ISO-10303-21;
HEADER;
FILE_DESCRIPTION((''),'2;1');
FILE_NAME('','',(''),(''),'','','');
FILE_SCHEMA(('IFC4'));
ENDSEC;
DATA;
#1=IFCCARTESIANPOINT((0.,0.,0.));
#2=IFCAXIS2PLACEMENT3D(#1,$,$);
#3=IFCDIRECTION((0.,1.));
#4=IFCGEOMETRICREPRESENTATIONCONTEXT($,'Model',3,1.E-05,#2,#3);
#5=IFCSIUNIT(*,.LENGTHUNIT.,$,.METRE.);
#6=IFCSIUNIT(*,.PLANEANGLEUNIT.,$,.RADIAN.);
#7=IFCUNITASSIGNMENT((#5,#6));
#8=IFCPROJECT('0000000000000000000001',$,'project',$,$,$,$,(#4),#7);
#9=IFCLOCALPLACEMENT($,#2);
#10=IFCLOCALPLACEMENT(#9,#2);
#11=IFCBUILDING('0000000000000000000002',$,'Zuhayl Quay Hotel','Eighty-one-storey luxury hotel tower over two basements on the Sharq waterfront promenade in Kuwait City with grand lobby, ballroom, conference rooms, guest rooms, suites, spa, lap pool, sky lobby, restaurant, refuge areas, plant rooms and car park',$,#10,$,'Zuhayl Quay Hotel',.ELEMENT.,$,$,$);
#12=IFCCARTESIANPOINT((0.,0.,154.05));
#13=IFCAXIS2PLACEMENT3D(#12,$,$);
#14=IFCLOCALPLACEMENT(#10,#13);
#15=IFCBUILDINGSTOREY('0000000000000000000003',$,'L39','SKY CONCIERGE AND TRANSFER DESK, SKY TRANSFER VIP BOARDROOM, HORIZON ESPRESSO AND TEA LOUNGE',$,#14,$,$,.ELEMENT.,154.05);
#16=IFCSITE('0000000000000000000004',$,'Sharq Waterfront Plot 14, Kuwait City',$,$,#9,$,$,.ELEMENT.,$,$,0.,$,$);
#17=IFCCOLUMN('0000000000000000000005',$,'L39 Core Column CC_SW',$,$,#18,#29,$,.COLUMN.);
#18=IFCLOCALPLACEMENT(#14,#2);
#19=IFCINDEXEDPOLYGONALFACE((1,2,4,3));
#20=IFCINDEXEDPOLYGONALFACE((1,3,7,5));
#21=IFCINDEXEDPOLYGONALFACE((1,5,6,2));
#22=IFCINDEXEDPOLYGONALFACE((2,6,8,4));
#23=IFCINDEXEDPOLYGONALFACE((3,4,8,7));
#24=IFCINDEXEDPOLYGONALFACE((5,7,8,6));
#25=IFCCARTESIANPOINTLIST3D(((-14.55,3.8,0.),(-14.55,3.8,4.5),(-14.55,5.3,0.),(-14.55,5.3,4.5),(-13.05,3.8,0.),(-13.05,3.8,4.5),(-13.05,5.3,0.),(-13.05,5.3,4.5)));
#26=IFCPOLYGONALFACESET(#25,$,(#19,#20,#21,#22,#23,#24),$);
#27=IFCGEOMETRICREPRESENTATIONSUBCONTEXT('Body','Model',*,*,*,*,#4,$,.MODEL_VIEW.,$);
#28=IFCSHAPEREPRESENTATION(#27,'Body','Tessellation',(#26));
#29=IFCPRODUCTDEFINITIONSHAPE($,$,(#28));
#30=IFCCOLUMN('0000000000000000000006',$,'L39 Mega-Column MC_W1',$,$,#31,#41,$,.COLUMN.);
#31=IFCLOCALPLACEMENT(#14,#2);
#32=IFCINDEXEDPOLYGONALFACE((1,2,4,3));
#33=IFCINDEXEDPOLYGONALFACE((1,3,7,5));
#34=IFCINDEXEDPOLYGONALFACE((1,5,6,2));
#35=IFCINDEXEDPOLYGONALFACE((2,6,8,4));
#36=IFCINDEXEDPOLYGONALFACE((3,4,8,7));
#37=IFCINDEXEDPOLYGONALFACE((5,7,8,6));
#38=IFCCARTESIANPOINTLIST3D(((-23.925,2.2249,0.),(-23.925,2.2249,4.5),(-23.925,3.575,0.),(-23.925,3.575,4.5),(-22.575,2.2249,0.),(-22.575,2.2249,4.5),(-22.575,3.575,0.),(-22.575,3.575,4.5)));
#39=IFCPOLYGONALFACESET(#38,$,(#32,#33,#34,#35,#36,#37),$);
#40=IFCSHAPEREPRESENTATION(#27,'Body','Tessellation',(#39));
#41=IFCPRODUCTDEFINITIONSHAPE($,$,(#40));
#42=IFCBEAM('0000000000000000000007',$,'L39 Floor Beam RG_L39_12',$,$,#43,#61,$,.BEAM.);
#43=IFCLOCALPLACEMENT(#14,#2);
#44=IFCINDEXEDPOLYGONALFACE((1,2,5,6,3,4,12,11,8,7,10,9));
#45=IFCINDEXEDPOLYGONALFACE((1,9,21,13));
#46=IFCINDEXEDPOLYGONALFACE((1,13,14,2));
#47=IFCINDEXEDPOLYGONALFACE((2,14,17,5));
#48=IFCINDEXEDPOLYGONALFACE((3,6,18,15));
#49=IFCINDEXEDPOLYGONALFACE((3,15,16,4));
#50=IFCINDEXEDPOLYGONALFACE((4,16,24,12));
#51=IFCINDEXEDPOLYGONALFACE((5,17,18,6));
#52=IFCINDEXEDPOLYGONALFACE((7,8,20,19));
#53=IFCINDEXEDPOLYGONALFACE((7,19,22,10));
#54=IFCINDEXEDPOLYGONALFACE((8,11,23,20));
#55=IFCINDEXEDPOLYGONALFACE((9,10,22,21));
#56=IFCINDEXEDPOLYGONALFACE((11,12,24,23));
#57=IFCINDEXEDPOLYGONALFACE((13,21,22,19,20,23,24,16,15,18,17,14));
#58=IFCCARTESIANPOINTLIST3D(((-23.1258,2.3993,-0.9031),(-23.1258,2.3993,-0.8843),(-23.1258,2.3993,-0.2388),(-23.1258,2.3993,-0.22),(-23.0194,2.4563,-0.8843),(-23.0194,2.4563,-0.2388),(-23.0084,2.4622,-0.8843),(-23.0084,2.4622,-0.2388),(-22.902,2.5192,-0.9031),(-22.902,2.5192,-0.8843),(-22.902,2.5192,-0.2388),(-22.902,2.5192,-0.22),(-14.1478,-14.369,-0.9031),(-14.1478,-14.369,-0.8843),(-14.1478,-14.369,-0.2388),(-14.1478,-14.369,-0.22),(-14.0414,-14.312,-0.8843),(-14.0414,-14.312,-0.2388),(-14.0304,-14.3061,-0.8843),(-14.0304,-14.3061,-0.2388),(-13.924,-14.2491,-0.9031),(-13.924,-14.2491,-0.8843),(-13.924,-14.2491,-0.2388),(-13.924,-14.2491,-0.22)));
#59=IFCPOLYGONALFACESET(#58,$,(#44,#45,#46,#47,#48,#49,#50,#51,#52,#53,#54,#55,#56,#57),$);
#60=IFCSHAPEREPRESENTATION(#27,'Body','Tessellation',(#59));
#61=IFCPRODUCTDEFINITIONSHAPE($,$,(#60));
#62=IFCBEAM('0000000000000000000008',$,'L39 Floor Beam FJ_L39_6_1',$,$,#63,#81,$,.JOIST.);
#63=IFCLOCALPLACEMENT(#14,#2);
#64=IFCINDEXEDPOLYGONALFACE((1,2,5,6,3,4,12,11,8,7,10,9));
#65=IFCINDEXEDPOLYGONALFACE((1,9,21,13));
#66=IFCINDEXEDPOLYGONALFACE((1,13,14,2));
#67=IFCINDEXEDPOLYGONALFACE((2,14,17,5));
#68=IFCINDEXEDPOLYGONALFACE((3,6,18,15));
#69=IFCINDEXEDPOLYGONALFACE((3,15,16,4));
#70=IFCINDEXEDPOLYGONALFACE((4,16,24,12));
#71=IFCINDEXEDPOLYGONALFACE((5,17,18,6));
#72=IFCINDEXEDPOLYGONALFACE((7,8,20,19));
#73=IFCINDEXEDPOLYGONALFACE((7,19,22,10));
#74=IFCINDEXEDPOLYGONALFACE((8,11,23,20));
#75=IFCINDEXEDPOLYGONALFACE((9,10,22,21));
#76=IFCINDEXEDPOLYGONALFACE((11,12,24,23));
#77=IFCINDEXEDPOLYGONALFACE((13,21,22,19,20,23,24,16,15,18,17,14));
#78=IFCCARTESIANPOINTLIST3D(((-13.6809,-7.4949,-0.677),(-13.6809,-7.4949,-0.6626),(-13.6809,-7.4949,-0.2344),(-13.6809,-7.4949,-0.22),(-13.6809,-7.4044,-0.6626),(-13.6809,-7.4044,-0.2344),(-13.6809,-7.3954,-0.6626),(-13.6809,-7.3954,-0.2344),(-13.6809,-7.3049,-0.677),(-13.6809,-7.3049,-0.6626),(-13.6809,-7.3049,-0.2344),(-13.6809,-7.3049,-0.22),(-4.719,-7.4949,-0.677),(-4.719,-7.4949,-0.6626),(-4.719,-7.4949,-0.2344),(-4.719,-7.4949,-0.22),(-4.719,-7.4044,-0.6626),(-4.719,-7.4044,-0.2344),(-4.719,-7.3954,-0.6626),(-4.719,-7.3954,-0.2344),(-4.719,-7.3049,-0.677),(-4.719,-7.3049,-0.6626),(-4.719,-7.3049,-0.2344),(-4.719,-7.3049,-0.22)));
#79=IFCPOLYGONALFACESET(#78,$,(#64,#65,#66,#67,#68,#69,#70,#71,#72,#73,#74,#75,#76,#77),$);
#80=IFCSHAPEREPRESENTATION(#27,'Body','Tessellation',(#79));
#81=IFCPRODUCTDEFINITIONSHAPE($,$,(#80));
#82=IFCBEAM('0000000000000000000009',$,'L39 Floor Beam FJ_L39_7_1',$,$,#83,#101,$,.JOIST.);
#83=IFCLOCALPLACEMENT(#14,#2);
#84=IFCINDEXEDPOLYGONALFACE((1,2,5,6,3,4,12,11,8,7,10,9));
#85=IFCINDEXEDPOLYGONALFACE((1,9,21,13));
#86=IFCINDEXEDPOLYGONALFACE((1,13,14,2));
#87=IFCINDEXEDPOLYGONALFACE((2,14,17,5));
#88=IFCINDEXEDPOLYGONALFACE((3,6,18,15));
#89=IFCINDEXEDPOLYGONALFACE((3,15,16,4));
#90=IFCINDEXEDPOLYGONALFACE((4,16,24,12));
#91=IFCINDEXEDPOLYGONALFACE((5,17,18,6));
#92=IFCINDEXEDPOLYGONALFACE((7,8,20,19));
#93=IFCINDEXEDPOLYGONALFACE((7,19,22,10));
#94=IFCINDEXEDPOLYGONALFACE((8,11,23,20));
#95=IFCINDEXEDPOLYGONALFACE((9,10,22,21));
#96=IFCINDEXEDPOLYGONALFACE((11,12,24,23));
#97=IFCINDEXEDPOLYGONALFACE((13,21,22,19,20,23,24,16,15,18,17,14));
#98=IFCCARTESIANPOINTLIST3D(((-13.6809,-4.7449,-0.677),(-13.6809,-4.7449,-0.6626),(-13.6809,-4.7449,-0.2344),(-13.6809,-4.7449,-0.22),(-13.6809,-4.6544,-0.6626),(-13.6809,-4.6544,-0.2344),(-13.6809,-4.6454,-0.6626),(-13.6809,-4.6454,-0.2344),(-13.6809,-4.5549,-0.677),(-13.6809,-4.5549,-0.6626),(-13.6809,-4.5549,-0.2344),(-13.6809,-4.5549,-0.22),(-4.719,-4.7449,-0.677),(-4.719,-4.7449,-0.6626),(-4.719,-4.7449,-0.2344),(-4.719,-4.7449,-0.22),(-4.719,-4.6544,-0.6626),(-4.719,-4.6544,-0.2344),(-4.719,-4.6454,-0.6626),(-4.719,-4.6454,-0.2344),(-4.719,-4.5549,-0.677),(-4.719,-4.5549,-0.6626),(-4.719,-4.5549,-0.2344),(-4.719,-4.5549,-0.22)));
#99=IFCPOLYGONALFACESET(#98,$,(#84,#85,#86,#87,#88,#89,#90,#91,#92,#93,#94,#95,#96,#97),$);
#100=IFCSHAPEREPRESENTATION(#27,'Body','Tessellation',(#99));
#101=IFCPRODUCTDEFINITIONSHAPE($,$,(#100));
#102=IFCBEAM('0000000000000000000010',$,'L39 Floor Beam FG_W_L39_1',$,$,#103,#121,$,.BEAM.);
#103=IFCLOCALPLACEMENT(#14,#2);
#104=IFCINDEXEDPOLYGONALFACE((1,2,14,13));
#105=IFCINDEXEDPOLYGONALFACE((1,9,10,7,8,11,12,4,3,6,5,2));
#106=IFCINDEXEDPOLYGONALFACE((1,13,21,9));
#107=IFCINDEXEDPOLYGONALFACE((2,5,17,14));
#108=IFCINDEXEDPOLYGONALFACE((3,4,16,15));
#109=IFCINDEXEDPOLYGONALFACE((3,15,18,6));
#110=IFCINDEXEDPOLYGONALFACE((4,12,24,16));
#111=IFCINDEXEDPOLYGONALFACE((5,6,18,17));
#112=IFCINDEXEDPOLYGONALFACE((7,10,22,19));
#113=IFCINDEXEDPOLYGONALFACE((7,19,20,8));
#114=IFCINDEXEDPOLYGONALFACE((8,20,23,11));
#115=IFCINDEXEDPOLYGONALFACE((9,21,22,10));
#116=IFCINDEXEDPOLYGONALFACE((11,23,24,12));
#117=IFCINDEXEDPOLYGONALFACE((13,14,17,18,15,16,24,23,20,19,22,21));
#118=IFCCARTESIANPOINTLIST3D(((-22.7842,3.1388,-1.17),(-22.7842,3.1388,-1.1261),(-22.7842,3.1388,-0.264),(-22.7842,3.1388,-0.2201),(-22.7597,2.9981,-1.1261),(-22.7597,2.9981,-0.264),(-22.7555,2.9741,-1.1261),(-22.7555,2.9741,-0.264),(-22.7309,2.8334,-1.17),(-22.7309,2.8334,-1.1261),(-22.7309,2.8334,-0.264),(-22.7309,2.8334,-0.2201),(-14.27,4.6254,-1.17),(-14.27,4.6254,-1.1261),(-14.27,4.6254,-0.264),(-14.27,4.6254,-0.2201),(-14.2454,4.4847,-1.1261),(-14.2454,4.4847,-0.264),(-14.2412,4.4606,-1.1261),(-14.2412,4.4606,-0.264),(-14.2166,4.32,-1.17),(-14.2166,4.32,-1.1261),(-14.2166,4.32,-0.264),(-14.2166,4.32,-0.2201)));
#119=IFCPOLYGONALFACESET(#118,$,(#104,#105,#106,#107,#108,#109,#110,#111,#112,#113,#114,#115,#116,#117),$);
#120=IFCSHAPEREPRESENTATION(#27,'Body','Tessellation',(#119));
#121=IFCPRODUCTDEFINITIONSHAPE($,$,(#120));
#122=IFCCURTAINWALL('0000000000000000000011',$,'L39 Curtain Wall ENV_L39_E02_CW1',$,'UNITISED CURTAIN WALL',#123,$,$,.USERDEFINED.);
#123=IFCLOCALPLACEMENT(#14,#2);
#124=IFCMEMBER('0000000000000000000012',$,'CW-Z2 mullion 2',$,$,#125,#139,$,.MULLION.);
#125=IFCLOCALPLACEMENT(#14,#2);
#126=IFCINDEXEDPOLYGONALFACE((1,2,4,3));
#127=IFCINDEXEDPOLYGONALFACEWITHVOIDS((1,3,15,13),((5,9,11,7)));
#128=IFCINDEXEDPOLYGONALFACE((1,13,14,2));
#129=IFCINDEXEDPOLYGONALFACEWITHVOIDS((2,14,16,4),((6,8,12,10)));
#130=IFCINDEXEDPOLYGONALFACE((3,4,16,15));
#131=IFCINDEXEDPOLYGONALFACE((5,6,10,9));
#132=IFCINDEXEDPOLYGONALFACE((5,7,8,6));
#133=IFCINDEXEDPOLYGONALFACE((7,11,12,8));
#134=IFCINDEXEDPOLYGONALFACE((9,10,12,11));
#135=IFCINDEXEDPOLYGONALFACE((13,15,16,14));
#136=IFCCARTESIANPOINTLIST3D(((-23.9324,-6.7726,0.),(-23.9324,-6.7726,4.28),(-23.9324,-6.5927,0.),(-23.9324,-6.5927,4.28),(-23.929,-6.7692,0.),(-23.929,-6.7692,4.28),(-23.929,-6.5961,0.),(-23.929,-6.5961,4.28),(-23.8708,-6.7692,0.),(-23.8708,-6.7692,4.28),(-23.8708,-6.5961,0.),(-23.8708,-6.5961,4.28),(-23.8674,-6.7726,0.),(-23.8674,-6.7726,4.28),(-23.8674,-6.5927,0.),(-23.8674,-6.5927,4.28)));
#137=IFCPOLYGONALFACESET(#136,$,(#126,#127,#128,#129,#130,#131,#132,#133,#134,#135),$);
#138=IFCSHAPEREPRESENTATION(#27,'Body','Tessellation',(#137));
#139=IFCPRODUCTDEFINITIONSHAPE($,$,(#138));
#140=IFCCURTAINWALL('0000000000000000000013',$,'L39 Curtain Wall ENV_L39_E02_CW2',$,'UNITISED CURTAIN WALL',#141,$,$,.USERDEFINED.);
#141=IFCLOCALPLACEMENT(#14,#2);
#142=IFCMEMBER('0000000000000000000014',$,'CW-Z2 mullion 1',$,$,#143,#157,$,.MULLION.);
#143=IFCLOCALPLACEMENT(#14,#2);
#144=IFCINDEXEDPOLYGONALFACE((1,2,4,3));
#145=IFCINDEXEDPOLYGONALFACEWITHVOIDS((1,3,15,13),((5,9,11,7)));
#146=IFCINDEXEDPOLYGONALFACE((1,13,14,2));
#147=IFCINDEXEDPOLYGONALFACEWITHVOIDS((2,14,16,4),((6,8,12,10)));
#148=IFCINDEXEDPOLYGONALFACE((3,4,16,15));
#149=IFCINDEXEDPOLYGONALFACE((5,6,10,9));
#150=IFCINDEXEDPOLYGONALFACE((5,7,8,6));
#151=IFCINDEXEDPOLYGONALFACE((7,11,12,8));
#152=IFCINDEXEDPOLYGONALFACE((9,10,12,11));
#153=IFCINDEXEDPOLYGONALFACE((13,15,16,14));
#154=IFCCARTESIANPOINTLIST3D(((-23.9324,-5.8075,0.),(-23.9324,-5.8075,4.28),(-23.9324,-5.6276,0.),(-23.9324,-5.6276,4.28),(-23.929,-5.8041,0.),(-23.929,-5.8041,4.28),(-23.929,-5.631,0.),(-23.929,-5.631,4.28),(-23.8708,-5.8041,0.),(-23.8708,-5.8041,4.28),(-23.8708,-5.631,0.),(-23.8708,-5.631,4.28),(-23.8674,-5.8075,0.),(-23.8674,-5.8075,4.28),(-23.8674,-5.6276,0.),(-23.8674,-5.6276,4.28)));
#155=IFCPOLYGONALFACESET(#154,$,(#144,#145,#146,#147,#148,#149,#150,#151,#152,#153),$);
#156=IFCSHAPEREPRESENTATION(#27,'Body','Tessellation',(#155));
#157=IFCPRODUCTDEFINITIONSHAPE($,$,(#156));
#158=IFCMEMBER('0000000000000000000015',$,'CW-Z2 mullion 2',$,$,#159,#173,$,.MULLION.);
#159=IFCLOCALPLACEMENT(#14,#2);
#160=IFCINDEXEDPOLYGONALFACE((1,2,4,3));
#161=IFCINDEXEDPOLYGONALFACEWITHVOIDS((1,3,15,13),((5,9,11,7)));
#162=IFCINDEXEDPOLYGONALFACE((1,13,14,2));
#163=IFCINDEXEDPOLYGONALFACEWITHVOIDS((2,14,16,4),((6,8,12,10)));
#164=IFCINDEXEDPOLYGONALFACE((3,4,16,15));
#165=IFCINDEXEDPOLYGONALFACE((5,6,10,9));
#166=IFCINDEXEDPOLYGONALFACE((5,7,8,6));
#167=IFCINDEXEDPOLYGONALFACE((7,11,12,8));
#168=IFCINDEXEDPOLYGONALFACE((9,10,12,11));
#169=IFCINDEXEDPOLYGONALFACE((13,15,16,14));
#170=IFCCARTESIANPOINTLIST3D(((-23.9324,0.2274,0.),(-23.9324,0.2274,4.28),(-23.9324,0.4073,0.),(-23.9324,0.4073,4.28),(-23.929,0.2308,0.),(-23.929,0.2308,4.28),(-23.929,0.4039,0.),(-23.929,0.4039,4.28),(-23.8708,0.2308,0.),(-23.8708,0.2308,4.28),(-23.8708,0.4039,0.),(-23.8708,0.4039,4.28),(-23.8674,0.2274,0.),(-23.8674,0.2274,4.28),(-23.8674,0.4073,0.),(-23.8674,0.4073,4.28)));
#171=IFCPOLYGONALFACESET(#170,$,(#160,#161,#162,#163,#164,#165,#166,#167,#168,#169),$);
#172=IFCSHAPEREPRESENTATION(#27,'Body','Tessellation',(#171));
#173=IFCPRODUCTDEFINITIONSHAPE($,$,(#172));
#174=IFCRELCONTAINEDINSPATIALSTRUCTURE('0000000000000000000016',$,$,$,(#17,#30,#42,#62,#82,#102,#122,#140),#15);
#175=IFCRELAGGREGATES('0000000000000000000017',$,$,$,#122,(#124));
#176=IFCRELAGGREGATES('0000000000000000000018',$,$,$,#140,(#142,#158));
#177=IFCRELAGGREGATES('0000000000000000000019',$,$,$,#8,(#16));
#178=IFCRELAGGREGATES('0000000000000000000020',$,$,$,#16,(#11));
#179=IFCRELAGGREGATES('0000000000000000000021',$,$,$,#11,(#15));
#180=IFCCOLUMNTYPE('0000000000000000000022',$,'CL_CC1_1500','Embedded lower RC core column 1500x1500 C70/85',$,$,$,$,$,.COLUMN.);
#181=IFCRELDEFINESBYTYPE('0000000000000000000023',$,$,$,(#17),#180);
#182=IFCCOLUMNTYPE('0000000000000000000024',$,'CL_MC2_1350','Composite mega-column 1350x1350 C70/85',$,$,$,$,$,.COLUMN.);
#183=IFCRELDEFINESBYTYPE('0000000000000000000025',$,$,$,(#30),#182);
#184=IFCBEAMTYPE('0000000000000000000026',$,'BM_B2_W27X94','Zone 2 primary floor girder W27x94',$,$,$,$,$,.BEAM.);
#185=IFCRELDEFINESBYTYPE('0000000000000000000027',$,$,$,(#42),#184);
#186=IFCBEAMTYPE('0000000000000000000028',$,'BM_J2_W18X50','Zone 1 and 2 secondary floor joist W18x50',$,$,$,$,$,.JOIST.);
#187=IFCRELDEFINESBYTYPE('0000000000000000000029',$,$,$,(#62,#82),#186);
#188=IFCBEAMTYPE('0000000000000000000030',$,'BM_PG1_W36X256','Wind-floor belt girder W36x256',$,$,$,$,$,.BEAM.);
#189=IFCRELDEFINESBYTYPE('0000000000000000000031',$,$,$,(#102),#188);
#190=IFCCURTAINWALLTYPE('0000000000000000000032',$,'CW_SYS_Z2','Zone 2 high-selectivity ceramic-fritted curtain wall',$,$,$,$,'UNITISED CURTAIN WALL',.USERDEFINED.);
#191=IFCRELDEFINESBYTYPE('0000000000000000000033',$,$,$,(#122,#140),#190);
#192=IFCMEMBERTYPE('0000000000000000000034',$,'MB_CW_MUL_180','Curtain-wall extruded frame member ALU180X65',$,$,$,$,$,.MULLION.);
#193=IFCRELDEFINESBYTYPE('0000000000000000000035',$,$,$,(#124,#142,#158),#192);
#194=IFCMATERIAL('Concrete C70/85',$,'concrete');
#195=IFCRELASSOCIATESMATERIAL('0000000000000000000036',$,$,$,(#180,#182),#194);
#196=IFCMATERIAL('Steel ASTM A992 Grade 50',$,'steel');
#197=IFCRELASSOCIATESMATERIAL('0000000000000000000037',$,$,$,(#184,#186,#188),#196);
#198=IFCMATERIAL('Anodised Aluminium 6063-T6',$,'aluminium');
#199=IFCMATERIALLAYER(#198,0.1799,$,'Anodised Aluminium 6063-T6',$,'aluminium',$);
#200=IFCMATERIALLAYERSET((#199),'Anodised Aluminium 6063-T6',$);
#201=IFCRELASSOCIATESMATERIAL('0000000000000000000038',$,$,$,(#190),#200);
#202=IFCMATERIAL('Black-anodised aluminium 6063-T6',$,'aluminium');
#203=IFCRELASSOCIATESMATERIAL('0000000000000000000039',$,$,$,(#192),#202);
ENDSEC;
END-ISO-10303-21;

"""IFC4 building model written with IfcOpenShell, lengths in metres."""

from ifc_helpers import new_model, si_unit, direction, frame, origin, origin_2d, place, context, subcontext, project, spatial, rectangle, hollow_rectangle, i_section, extrude, material, layer, layer_set, material_profile, profile_set, type_object, element, aggregate, save


model = new_model("IFC4")

# Units and contexts
model_context = context("Model", 3, precision=1e-05, world=origin(), true_north=direction((0.0, 1.0)))
body_context = subcontext(model_context, "Body", "Model", "MODEL_VIEW")
ifc_project = project(units=[si_unit("LENGTHUNIT", "METRE"), si_unit("PLANEANGLEUNIT", "RADIAN")], contexts=[model_context])

# Site, building, storey
site_placement = place(None, origin())
site = spatial("IfcSite", under=ifc_project, at=site_placement, Name="Sharq Waterfront Plot 14, Kuwait City", CompositionType="ELEMENT", RefElevation=0.0)
building_placement = place(site_placement, origin())
building = spatial("IfcBuilding", under=site, at=building_placement, Name="Zuhayl Quay Hotel", Description="Eighty-one-storey luxury hotel tower over two basements on the Sharq waterfront promenade in Kuwait City with grand lobby, ballroom, conference rooms, guest rooms, suites, spa, lap pool, sky lobby, restaurant, refuge areas, plant rooms and car park", LongName="Zuhayl Quay Hotel", CompositionType="ELEMENT")
storey_placement = place(building_placement, frame((0.0, 0.0, 154.05)))
storey = spatial("IfcBuildingStorey", under=building, at=storey_placement, Name="L39", Description="SKY CONCIERGE AND TRANSFER DESK, SKY TRANSFER VIP BOARDROOM, HORIZON ESPRESSO AND TEA LOUNGE", CompositionType="ELEMENT", Elevation=154.05)

# Columns
ifc_material_1 = material(Name="Concrete C70/85", Category="concrete")
ifc_material_profile_1 = material_profile(ifc_material_1, rectangle(XDim=1.5, YDim=1.5, at=origin_2d()), Name="RC1500X1500")
ifc_profile_set_1 = profile_set([ifc_material_profile_1], Name="Concrete C70/85")
column_type_1 = type_object("IfcColumnType", Name="CL_CC1_1500", Description="Embedded lower RC core column 1500x1500 C70/85", PredefinedType="COLUMN", material=ifc_profile_set_1)
column_1_placement = place(storey_placement, frame((-13.8, 4.55, 0.0), z_axis=(0.0, 0.0, 1.0), x_axis=(1.0, 0.0, 0.0)))
element("IfcColumn", 1, at=column_1_placement, inside=storey, type_object=column_type_1, Name="L39 Core Column CC_SW", PredefinedType="COLUMN", context=body_context, shape_type="SweptSolid", body=[
    extrude(rectangle(XDim=1.5, YDim=1.5, at=origin_2d()), origin(), (0.0, 0.0, 1.0), 4.5),
])
ifc_material_profile_2 = material_profile(ifc_material_1, rectangle(XDim=1.3501, YDim=1.3501, at=origin_2d()), Name="RC1350X1350")
ifc_profile_set_2 = profile_set([ifc_material_profile_2], Name="Concrete C70/85")
column_type_2 = type_object("IfcColumnType", Name="CL_MC2_1350", Description="Composite mega-column 1350x1350 C70/85", PredefinedType="COLUMN", material=ifc_profile_set_2)
column_2_placement = place(storey_placement, frame((-23.25, 2.8999, 0.0), z_axis=(0.0, 0.0, 1.0), x_axis=(1.0, 0.0, 0.0)))
element("IfcColumn", 2, at=column_2_placement, inside=storey, type_object=column_type_2, Name="L39 Mega-Column MC_W1", PredefinedType="COLUMN", context=body_context, shape_type="SweptSolid", body=[
    extrude(rectangle(XDim=1.3501, YDim=1.3501, at=origin_2d()), origin(), (0.0, 0.0, 1.0), 4.5),
])

# Beams
ifc_material_2 = material(Name="Steel ASTM A992 Grade 50", Category="steel")
ifc_material_profile_3 = material_profile(ifc_material_2, i_section(OverallWidth=0.2539, OverallDepth=0.6831, WebThickness=0.0125, FlangeThickness=0.0188, at=origin_2d()), Name="W27X94")
ifc_profile_set_3 = profile_set([ifc_material_profile_3], Name="Steel ASTM A992 Grade 50")
beam_type_1 = type_object("IfcBeamType", Name="BM_B2_W27X94", Description="Zone 2 primary floor girder W27x94", PredefinedType="BEAM", material=ifc_profile_set_3)
beam_1_placement = place(storey_placement, frame((-23.0139, 2.4592, -0.5615), z_axis=(0.472017, -0.881589, 0.0), x_axis=(0.881589, 0.472017, 0.0)))
element("IfcBeam", 3, at=beam_1_placement, inside=storey, type_object=beam_type_1, Name="L39 Floor Beam RG_L39_12", PredefinedType="BEAM", context=body_context, shape_type="SweptSolid", body=[
    extrude(i_section(OverallWidth=0.2539, OverallDepth=0.6831, WebThickness=0.0125, FlangeThickness=0.0188, at=origin_2d()), origin(), (0.0, 0.0, 1.0), 19.0205),
])
ifc_material_profile_4 = material_profile(ifc_material_2, i_section(OverallWidth=0.1899, OverallDepth=0.457, WebThickness=0.009, FlangeThickness=0.0144, at=origin_2d()), Name="W18X50")
ifc_profile_set_4 = profile_set([ifc_material_profile_4], Name="Steel ASTM A992 Grade 50")
beam_type_2 = type_object("IfcBeamType", Name="BM_J2_W18X50", Description="Zone 1 and 2 secondary floor joist W18x50", PredefinedType="JOIST", material=ifc_profile_set_4)
for number, where, z_axis, x_axis, name in (
    (4, (-13.6809, -7.3999, -0.4485), (1.0, 0.0, 0.0), (0.0, 1.0, 0.0), "L39 Floor Beam FJ_L39_6_1"),
    (5, (-13.6809, -4.6499, -0.4485), (1.0, 0.0, 0.0), (0.0, 1.0, 0.0), "L39 Floor Beam FJ_L39_7_1"),
):
    element("IfcBeam", number, at=place(storey_placement, frame(where, z_axis=z_axis, x_axis=x_axis)), inside=storey, type_object=beam_type_2, Name=name, PredefinedType="JOIST", context=body_context, shape_type="SweptSolid", body=[
        extrude(i_section(OverallWidth=0.1899, OverallDepth=0.457, WebThickness=0.009, FlangeThickness=0.0144, at=origin_2d()), origin(), (0.0, 0.0, 1.0), 8.9619),
    ])
ifc_material_profile_5 = material_profile(ifc_material_2, i_section(OverallWidth=0.3101, OverallDepth=0.95, WebThickness=0.0244, FlangeThickness=0.0439, at=origin_2d()), Name="W36X256")
ifc_profile_set_5 = profile_set([ifc_material_profile_5], Name="Steel ASTM A992 Grade 50")
beam_type_3 = type_object("IfcBeamType", Name="BM_PG1_W36X256", Description="Wind-floor belt girder W36x256", PredefinedType="BEAM", material=ifc_profile_set_5)
beam_2_placement = place(storey_placement, frame((-22.7576, 2.9861, -0.6951), z_axis=(0.985097, 0.171998, 0.0), x_axis=(-0.171998, 0.985097, 0.0)))
element("IfcBeam", 6, at=beam_2_placement, inside=storey, type_object=beam_type_3, Name="L39 Floor Beam FG_W_L39_1", PredefinedType="BEAM", context=body_context, shape_type="SweptSolid", body=[
    extrude(i_section(OverallWidth=0.3101, OverallDepth=0.95, WebThickness=0.0244, FlangeThickness=0.0439, at=origin_2d()), origin(), (0.0, 0.0, 1.0), 8.6431),
])

# Curtain wall, member
ifc_material_3 = material(Name="Anodised Aluminium 6063-T6", Category="aluminium")
ifc_layer_1 = layer(ifc_material_3, 0.1799, Name="Anodised Aluminium 6063-T6", Category="aluminium")
ifc_layer_set_1 = layer_set([ifc_layer_1], Name="Anodised Aluminium 6063-T6")
curtain_wall_type = type_object("IfcCurtainWallType", Name="CW_SYS_Z2", Description="Zone 2 high-selectivity ceramic-fritted curtain wall", ElementType="UNITISED CURTAIN WALL", PredefinedType="USERDEFINED", material=ifc_layer_set_1)
curtain_wall_1_placement = place(storey_placement, origin())
curtain_wall_1 = element("IfcCurtainWall", 7, at=curtain_wall_1_placement, inside=storey, type_object=curtain_wall_type, Name="L39 Curtain Wall ENV_L39_E02_CW1", ObjectType="UNITISED CURTAIN WALL", PredefinedType="USERDEFINED")
ifc_material_4 = material(Name="Black-anodised aluminium 6063-T6", Category="aluminium")
ifc_material_profile_6 = material_profile(ifc_material_4, hollow_rectangle(XDim=0.0649, YDim=0.1799, WallThickness=0.0034, at=origin_2d()), Name="ALU180X65")
ifc_profile_set_6 = profile_set([ifc_material_profile_6], Name="Black-anodised aluminium 6063-T6")
member_type_1 = type_object("IfcMemberType", Name="MB_CW_MUL_180", Description="Curtain-wall extruded frame member ALU180X65", PredefinedType="MULLION", material=ifc_profile_set_6)
member_1_placement = place(storey_placement, frame((-23.8999, -6.6826, 0.0), z_axis=(0.0, 0.0, 1.0), x_axis=(-1.0, 0.0, 0.0)))
member_1 = element("IfcMember", 8, at=member_1_placement, type_object=member_type_1, Name="CW-Z2 mullion 2", PredefinedType="MULLION", context=body_context, shape_type="SweptSolid", body=[
    extrude(hollow_rectangle(XDim=0.0649, YDim=0.1799, WallThickness=0.0034, at=origin_2d()), origin(), (0.0, 0.0, 1.0), 4.28),
])
aggregate(curtain_wall_1, [member_1])

# Curtain wall, members
curtain_wall_2_placement = place(storey_placement, origin())
curtain_wall_2 = element("IfcCurtainWall", 9, at=curtain_wall_2_placement, inside=storey, type_object=curtain_wall_type, Name="L39 Curtain Wall ENV_L39_E02_CW2", ObjectType="UNITISED CURTAIN WALL", PredefinedType="USERDEFINED")
member_2_placement = place(storey_placement, frame((-23.8999, -5.7175, 0.0), z_axis=(0.0, 0.0, 1.0), x_axis=(-1.0, 0.0, 0.0)))
member_2 = element("IfcMember", 10, at=member_2_placement, type_object=member_type_1, Name="CW-Z2 mullion 1", PredefinedType="MULLION", context=body_context, shape_type="SweptSolid", body=[
    extrude(hollow_rectangle(XDim=0.0649, YDim=0.1799, WallThickness=0.0034, at=origin_2d()), origin(), (0.0, 0.0, 1.0), 4.28),
])
member_3_placement = place(storey_placement, frame((-23.8999, 0.3174, 0.0), z_axis=(0.0, 0.0, 1.0), x_axis=(-1.0, 0.0, 0.0)))
member_3 = element("IfcMember", 11, at=member_3_placement, type_object=member_type_1, Name="CW-Z2 mullion 2", PredefinedType="MULLION", context=body_context, shape_type="SweptSolid", body=[
    extrude(hollow_rectangle(XDim=0.0649, YDim=0.1799, WallThickness=0.0034, at=origin_2d()), origin(), (0.0, 0.0, 1.0), 4.28),
])
aggregate(curtain_wall_2, [member_2, member_3])

save(model, "model.ifc")
